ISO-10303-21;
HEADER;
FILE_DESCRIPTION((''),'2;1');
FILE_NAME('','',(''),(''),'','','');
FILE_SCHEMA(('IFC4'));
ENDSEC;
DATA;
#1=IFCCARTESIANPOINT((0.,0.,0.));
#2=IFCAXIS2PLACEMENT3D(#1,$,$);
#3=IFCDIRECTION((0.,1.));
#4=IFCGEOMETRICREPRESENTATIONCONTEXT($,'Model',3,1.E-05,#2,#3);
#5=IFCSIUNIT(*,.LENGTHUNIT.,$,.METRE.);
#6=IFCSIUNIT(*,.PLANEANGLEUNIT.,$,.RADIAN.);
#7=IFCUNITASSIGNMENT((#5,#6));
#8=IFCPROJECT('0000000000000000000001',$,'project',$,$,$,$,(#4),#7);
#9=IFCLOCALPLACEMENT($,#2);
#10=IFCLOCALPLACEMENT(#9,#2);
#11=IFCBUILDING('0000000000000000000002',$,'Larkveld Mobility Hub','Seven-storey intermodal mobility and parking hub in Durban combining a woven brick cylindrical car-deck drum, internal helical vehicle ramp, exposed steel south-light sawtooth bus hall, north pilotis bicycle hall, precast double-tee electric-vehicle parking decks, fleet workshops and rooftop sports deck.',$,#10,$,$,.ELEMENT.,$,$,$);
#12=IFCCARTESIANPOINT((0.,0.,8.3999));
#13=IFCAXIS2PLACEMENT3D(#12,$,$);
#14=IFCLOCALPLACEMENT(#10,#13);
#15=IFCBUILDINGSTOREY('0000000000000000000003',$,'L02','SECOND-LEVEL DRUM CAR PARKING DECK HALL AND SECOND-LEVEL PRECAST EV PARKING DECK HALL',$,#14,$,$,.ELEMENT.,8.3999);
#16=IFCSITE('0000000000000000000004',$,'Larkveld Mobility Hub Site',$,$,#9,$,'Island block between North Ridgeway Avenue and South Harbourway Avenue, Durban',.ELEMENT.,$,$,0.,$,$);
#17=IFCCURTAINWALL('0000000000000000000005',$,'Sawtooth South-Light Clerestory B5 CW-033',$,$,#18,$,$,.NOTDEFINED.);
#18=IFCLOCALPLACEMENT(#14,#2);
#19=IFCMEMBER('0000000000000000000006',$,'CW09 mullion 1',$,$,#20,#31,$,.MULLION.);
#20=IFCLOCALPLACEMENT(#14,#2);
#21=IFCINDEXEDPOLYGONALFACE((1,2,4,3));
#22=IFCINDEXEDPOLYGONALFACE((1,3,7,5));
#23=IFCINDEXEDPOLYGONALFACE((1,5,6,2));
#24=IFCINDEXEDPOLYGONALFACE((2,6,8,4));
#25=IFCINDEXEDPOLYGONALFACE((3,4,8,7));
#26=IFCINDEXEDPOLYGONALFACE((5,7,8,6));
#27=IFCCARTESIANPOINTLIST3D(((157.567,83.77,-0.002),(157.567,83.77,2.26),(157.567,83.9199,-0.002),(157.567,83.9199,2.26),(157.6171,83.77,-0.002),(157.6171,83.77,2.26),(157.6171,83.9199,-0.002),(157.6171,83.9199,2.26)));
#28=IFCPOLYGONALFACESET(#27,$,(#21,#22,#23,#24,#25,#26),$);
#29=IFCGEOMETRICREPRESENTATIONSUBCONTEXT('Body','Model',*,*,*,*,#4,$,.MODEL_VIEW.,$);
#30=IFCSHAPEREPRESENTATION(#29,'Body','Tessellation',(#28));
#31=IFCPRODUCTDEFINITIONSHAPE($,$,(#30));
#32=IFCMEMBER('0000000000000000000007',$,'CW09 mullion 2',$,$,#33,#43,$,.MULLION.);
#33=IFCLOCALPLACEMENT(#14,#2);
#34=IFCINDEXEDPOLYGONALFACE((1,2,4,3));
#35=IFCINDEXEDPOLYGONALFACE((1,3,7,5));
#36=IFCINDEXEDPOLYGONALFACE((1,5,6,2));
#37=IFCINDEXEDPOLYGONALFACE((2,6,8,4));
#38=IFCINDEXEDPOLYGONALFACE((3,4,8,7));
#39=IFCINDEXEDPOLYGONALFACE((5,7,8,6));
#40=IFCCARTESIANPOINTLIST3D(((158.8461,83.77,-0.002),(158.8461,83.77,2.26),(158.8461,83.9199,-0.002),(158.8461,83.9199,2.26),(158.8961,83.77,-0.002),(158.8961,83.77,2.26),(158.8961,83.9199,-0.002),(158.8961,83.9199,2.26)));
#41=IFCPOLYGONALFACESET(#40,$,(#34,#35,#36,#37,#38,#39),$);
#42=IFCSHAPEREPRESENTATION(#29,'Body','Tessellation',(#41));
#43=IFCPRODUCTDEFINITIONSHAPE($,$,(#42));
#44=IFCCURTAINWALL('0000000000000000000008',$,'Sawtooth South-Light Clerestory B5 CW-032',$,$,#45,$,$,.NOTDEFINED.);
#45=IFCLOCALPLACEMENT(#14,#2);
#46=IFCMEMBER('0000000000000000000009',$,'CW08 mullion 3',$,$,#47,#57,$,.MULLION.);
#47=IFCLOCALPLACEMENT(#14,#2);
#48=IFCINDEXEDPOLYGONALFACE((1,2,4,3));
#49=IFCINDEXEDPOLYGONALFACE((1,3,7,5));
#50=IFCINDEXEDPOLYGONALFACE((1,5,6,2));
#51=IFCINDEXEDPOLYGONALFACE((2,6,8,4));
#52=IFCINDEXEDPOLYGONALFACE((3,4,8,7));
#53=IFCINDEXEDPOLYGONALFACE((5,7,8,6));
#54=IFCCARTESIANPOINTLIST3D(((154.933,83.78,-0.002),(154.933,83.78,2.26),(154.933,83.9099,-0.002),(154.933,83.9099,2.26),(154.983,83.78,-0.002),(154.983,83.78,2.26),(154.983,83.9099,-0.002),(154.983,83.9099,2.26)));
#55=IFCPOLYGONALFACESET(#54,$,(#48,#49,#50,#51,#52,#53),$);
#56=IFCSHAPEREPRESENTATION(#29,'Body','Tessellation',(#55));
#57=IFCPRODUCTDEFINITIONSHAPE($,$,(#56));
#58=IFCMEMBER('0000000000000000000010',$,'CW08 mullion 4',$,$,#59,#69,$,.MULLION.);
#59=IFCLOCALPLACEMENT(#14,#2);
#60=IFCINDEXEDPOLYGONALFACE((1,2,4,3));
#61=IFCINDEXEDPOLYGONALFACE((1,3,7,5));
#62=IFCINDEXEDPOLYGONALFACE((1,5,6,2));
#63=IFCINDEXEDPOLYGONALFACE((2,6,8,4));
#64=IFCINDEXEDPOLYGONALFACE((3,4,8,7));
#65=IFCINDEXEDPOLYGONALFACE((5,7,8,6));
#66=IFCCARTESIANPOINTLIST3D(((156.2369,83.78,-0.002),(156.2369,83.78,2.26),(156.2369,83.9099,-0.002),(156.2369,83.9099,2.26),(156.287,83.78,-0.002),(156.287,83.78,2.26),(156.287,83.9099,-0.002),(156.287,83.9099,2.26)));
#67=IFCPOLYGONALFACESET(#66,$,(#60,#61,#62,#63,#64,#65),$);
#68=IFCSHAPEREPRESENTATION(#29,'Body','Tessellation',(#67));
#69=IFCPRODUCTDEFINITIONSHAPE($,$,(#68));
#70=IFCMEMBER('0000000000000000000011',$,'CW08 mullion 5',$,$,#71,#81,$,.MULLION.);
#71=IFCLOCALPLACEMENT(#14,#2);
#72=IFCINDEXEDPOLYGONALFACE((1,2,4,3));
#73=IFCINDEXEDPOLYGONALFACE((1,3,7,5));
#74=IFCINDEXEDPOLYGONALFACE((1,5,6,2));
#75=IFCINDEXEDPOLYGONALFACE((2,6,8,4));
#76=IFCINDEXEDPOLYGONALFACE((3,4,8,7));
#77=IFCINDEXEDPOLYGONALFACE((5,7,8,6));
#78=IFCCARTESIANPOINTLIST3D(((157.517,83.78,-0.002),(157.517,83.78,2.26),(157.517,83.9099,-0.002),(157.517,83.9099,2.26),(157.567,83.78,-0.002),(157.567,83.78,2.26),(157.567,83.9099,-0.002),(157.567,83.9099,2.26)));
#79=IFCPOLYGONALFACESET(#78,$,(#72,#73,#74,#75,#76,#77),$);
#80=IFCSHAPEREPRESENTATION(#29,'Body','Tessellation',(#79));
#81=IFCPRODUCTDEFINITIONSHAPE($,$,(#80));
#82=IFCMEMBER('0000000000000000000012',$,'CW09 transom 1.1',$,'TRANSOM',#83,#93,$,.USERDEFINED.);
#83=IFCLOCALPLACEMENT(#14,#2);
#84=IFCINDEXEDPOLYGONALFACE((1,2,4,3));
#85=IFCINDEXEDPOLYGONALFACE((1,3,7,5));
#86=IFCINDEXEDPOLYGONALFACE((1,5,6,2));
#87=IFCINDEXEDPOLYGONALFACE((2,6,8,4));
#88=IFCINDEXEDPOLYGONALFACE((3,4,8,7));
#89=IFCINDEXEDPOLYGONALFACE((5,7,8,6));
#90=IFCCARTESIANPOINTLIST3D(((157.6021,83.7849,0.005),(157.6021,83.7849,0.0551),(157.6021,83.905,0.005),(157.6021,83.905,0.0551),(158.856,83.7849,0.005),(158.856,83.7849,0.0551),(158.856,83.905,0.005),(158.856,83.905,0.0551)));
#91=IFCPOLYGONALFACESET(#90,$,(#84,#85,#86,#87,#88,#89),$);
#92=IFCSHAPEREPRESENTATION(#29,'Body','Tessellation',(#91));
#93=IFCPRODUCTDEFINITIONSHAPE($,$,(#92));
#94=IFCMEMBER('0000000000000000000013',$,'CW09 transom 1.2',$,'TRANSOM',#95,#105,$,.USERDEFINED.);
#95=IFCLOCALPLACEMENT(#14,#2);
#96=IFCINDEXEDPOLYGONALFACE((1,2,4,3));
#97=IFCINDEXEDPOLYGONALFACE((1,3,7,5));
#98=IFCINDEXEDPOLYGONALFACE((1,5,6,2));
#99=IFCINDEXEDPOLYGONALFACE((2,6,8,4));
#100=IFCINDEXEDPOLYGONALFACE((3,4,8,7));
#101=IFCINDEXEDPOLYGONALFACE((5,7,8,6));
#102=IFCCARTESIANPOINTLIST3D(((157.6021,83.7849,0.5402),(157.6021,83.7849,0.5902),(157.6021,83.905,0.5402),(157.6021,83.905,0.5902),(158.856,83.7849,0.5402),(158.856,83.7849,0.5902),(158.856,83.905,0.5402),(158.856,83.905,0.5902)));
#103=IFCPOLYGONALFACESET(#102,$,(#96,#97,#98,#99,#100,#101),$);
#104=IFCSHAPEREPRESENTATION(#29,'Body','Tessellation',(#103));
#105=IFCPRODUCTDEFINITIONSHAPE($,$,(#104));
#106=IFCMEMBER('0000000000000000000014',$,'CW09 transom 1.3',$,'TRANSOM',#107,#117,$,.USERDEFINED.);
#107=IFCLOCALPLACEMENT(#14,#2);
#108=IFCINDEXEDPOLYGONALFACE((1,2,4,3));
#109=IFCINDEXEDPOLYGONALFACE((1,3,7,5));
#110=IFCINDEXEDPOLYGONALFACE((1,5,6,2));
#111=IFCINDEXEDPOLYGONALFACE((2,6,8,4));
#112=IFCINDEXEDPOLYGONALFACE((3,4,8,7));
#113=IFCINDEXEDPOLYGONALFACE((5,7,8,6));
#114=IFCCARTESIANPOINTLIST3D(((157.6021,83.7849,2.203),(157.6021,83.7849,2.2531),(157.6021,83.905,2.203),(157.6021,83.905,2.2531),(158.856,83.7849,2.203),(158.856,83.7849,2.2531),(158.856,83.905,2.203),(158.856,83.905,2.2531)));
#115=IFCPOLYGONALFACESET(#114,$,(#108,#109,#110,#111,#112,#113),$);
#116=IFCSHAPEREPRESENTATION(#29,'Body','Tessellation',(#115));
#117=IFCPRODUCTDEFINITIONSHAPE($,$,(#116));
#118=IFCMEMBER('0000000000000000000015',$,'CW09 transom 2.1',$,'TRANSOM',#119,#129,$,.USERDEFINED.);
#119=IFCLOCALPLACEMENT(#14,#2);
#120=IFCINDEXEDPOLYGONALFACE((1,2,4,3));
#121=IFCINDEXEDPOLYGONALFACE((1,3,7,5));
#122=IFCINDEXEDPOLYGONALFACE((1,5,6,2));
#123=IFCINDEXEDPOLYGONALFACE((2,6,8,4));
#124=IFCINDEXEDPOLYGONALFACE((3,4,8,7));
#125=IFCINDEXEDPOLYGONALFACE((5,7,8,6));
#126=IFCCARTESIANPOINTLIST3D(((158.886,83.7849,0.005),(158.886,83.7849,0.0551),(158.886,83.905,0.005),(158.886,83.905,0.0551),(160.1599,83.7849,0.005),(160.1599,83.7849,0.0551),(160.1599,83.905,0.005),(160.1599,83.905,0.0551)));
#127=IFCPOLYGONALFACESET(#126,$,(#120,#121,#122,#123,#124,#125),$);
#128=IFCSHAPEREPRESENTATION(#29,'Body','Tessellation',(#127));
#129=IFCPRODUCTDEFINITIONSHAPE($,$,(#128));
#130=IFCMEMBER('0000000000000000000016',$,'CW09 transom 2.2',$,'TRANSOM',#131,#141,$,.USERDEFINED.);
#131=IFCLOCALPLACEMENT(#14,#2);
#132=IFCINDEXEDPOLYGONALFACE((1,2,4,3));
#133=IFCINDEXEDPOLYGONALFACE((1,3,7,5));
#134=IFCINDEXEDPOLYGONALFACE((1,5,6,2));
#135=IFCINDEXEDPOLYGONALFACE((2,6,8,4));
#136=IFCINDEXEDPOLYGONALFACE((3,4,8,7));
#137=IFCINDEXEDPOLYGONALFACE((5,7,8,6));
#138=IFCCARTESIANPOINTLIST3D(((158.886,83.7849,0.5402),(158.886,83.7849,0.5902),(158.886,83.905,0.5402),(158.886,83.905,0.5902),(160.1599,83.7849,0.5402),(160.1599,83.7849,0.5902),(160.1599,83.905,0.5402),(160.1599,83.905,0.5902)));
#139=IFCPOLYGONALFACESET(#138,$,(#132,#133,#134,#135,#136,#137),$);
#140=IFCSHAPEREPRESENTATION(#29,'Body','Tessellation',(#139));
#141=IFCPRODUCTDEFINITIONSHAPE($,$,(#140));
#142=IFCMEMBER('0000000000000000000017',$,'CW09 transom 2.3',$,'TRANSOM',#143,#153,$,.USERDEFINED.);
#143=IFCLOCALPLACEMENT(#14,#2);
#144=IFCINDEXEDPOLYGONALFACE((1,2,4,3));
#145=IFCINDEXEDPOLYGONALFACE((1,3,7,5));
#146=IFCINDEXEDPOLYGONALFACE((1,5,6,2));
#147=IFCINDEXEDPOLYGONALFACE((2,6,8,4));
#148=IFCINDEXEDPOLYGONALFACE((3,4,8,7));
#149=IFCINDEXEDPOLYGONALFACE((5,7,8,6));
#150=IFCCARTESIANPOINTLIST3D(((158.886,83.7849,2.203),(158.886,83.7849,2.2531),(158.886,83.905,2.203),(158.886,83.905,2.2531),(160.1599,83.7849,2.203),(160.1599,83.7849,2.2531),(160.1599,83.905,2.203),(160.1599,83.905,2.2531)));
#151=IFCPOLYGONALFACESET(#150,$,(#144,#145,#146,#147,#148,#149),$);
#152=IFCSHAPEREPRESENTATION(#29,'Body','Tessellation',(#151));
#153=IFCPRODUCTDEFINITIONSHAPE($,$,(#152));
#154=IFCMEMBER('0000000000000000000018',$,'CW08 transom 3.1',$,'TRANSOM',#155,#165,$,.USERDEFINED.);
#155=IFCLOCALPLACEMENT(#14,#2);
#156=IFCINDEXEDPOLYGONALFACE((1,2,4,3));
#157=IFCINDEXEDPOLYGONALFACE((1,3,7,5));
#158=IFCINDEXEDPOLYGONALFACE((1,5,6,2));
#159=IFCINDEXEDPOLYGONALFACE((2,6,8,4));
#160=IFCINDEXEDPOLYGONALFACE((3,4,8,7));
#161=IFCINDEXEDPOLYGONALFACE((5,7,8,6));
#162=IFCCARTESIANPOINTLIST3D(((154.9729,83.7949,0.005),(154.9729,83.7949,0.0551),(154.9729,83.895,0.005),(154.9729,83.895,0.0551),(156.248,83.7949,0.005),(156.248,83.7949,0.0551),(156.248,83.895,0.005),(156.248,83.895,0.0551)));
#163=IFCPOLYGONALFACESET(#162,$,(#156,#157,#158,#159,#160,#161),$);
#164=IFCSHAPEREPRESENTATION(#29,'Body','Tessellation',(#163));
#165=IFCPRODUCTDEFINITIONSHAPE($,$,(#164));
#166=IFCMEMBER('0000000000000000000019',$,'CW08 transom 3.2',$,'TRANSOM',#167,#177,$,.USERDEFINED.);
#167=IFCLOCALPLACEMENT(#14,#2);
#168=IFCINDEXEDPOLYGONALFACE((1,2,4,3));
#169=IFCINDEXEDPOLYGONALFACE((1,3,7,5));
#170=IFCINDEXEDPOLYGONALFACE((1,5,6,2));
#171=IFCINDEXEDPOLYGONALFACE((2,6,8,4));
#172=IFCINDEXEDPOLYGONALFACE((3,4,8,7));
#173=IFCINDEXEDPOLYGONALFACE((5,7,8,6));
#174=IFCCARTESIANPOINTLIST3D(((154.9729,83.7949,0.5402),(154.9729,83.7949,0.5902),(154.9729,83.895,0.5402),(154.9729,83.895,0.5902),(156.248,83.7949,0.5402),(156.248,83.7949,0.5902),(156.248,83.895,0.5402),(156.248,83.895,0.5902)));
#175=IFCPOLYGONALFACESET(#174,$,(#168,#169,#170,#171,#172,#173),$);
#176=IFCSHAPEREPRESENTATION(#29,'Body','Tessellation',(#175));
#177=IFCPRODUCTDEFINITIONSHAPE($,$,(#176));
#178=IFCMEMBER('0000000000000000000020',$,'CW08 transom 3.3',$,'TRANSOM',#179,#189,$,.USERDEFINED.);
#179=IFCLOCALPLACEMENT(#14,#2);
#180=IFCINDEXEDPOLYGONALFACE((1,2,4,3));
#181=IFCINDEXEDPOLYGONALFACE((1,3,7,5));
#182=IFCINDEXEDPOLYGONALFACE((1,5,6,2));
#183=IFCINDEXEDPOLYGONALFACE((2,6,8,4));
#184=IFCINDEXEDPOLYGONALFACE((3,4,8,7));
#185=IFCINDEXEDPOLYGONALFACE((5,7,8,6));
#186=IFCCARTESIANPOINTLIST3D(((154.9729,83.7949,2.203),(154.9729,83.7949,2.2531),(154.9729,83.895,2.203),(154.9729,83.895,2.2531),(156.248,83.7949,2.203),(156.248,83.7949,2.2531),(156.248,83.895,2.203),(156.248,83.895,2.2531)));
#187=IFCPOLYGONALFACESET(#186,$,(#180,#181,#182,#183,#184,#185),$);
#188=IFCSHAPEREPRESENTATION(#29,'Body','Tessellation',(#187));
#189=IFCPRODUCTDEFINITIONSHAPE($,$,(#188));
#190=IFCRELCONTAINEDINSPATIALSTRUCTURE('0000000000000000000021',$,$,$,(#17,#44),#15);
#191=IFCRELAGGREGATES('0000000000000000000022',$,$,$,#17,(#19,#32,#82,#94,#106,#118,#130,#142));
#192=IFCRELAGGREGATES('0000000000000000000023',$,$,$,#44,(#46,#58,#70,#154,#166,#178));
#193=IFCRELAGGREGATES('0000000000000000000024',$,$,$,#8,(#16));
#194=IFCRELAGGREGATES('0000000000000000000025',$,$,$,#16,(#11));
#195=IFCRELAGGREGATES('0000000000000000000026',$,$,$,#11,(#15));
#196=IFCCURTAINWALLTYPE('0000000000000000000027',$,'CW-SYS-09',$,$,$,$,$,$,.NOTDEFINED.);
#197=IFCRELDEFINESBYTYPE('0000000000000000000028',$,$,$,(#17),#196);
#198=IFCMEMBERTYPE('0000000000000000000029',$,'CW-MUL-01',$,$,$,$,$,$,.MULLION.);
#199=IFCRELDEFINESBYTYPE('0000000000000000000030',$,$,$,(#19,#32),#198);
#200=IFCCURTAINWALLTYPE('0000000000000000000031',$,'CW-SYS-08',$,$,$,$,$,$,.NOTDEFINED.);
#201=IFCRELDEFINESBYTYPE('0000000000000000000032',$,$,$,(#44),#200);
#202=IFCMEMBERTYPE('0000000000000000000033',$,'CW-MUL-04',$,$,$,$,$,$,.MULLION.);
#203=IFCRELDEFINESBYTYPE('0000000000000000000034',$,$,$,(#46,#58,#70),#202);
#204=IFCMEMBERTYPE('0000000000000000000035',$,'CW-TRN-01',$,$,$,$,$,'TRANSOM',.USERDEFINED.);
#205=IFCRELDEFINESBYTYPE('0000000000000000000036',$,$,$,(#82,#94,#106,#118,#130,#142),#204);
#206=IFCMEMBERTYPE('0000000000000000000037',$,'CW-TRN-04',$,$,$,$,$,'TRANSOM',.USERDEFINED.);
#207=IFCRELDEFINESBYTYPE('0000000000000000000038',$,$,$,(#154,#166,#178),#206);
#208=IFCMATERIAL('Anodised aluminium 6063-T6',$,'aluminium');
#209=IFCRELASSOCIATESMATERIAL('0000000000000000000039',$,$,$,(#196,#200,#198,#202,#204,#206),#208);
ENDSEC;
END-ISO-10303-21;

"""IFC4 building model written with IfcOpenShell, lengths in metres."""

from ifc_helpers import new_model, si_unit, direction, frame, origin, origin_2d, place, context, subcontext, project, spatial, rectangle, extrude, material, material_profile, profile_set, type_object, element, aggregate, save


model = new_model("IFC4")

# Units and contexts
model_context = context("Model", 3, precision=1e-05, world=origin(), true_north=direction((0.0, 1.0)))
body_context = subcontext(model_context, "Body", "Model", "MODEL_VIEW")
ifc_project = project(units=[si_unit("LENGTHUNIT", "METRE"), si_unit("PLANEANGLEUNIT", "RADIAN")], contexts=[model_context])

# Site, building, storey
site_placement = place(None, origin())
site = spatial("IfcSite", under=ifc_project, at=site_placement, Name="Larkveld Mobility Hub Site", LongName="Island block between North Ridgeway Avenue and South Harbourway Avenue, Durban", CompositionType="ELEMENT", RefElevation=0.0)
building_placement = place(site_placement, origin())
building = spatial("IfcBuilding", under=site, at=building_placement, Name="Larkveld Mobility Hub", Description="Seven-storey intermodal mobility and parking hub in Durban combining a woven brick cylindrical car-deck drum, internal helical vehicle ramp, exposed steel south-light sawtooth bus hall, north pilotis bicycle hall, precast double-tee electric-vehicle parking decks, fleet workshops and rooftop sports deck.", CompositionType="ELEMENT")
storey_placement = place(building_placement, frame((0.0, 0.0, 8.3999)))
storey = spatial("IfcBuildingStorey", under=building, at=storey_placement, Name="L02", Description="SECOND-LEVEL DRUM CAR PARKING DECK HALL AND SECOND-LEVEL PRECAST EV PARKING DECK HALL", CompositionType="ELEMENT", Elevation=8.3999)

# Curtain walls, members
ifc_material_1 = material(Name="Anodised aluminium 6063-T6", Category="aluminium")
curtain_wall_type_1 = type_object("IfcCurtainWallType", Name="CW-SYS-09", PredefinedType="NOTDEFINED", material=ifc_material_1)
curtain_wall_1_placement = place(storey_placement, origin())
curtain_wall_1 = element("IfcCurtainWall", 1, at=curtain_wall_1_placement, inside=storey, type_object=curtain_wall_type_1, Name="Sawtooth South-Light Clerestory B5 CW-033", PredefinedType="NOTDEFINED")
ifc_material_profile_1 = material_profile(ifc_material_1, rectangle(XDim=0.05, YDim=0.1499, at=origin_2d()), Name="ALU MULL 50x150")
ifc_profile_set_1 = profile_set([ifc_material_profile_1], Name="Anodised aluminium 6063-T6")
member_type_1 = type_object("IfcMemberType", Name="CW-MUL-01", PredefinedType="MULLION", material=ifc_profile_set_1)
member_1_placement = place(storey_placement, frame((157.592, 83.845, -0.002), z_axis=(0.0, 0.0, 1.0), x_axis=(1.0, 0.0, 0.0)))
member_1 = element("IfcMember", 2, at=member_1_placement, type_object=member_type_1, Name="CW09 mullion 1", PredefinedType="MULLION", context=body_context, shape_type="SweptSolid", body=[
    extrude(rectangle(XDim=0.05, YDim=0.1499, at=origin_2d()), origin(), (0.0, 0.0, 1.0), 2.262),
])
member_2_placement = place(storey_placement, frame((158.8711, 83.845, -0.002), z_axis=(0.0, 0.0, 1.0), x_axis=(1.0, 0.0, 0.0)))
member_2 = element("IfcMember", 3, at=member_2_placement, type_object=member_type_1, Name="CW09 mullion 2", PredefinedType="MULLION", context=body_context, shape_type="SweptSolid", body=[
    extrude(rectangle(XDim=0.05, YDim=0.1499, at=origin_2d()), origin(), (0.0, 0.0, 1.0), 2.262),
])
curtain_wall_type_2 = type_object("IfcCurtainWallType", Name="CW-SYS-08", PredefinedType="NOTDEFINED", material=ifc_material_1)
curtain_wall_2_placement = place(storey_placement, origin())
curtain_wall_2 = element("IfcCurtainWall", 4, at=curtain_wall_2_placement, inside=storey, type_object=curtain_wall_type_2, Name="Sawtooth South-Light Clerestory B5 CW-032", PredefinedType="NOTDEFINED")
ifc_material_profile_2 = material_profile(ifc_material_1, rectangle(XDim=0.05, YDim=0.1299, at=origin_2d()), Name="ALU MULL 50x130")
ifc_profile_set_2 = profile_set([ifc_material_profile_2], Name="Anodised aluminium 6063-T6")
member_type_2 = type_object("IfcMemberType", Name="CW-MUL-04", PredefinedType="MULLION", material=ifc_profile_set_2)
member_3_placement = place(storey_placement, frame((154.958, 83.845, -0.002), z_axis=(0.0, 0.0, 1.0), x_axis=(1.0, 0.0, 0.0)))
member_3 = element("IfcMember", 5, at=member_3_placement, type_object=member_type_2, Name="CW08 mullion 3", PredefinedType="MULLION", context=body_context, shape_type="SweptSolid", body=[
    extrude(rectangle(XDim=0.05, YDim=0.1299, at=origin_2d()), origin(), (0.0, 0.0, 1.0), 2.262),
])
member_4_placement = place(storey_placement, frame((156.262, 83.845, -0.002), z_axis=(0.0, 0.0, 1.0), x_axis=(1.0, 0.0, 0.0)))
member_4 = element("IfcMember", 6, at=member_4_placement, type_object=member_type_2, Name="CW08 mullion 4", PredefinedType="MULLION", context=body_context, shape_type="SweptSolid", body=[
    extrude(rectangle(XDim=0.05, YDim=0.1299, at=origin_2d()), origin(), (0.0, 0.0, 1.0), 2.262),
])
member_5_placement = place(storey_placement, frame((157.542, 83.845, -0.002), z_axis=(0.0, 0.0, 1.0), x_axis=(1.0, 0.0, 0.0)))
member_5 = element("IfcMember", 7, at=member_5_placement, type_object=member_type_2, Name="CW08 mullion 5", PredefinedType="MULLION", context=body_context, shape_type="SweptSolid", body=[
    extrude(rectangle(XDim=0.05, YDim=0.1299, at=origin_2d()), origin(), (0.0, 0.0, 1.0), 2.262),
])

# Members
ifc_material_profile_3 = material_profile(ifc_material_1, rectangle(XDim=0.1201, YDim=0.05, at=origin_2d()), Name="ALU TRAN 50x120")
ifc_profile_set_3 = profile_set([ifc_material_profile_3], Name="Anodised aluminium 6063-T6")
member_type_3 = type_object("IfcMemberType", Name="CW-TRN-01", ElementType="TRANSOM", PredefinedType="USERDEFINED", material=ifc_profile_set_3)
member_6_placement = place(storey_placement, frame((157.6021, 83.845, 0.03), z_axis=(1.0, 0.0, 0.0), x_axis=(0.0, 1.0, 0.0)))
member_6 = element("IfcMember", 8, at=member_6_placement, type_object=member_type_3, Name="CW09 transom 1.1", ObjectType="TRANSOM", PredefinedType="USERDEFINED", context=body_context, shape_type="SweptSolid", body=[
    extrude(rectangle(XDim=0.1201, YDim=0.05, at=origin_2d()), origin(), (0.0, 0.0, 1.0), 1.2539),
])
member_7_placement = place(storey_placement, frame((157.6021, 83.845, 0.5652), z_axis=(1.0, 0.0, 0.0), x_axis=(0.0, 1.0, 0.0)))
member_7 = element("IfcMember", 9, at=member_7_placement, type_object=member_type_3, Name="CW09 transom 1.2", ObjectType="TRANSOM", PredefinedType="USERDEFINED", context=body_context, shape_type="SweptSolid", body=[
    extrude(rectangle(XDim=0.1201, YDim=0.05, at=origin_2d()), origin(), (0.0, 0.0, 1.0), 1.2539),
])
member_8_placement = place(storey_placement, frame((157.6021, 83.845, 2.228), z_axis=(1.0, 0.0, 0.0), x_axis=(0.0, 1.0, 0.0)))
member_8 = element("IfcMember", 10, at=member_8_placement, type_object=member_type_3, Name="CW09 transom 1.3", ObjectType="TRANSOM", PredefinedType="USERDEFINED", context=body_context, shape_type="SweptSolid", body=[
    extrude(rectangle(XDim=0.1201, YDim=0.05, at=origin_2d()), origin(), (0.0, 0.0, 1.0), 1.2539),
])
member_9_placement = place(storey_placement, frame((158.886, 83.845, 0.03), z_axis=(1.0, 0.0, 0.0), x_axis=(0.0, 1.0, 0.0)))
member_9 = element("IfcMember", 11, at=member_9_placement, type_object=member_type_3, Name="CW09 transom 2.1", ObjectType="TRANSOM", PredefinedType="USERDEFINED", context=body_context, shape_type="SweptSolid", body=[
    extrude(rectangle(XDim=0.1201, YDim=0.05, at=origin_2d()), origin(), (0.0, 0.0, 1.0), 1.2739),
])
member_10_placement = place(storey_placement, frame((158.886, 83.845, 0.5652), z_axis=(1.0, 0.0, 0.0), x_axis=(0.0, 1.0, 0.0)))
member_10 = element("IfcMember", 12, at=member_10_placement, type_object=member_type_3, Name="CW09 transom 2.2", ObjectType="TRANSOM", PredefinedType="USERDEFINED", context=body_context, shape_type="SweptSolid", body=[
    extrude(rectangle(XDim=0.1201, YDim=0.05, at=origin_2d()), origin(), (0.0, 0.0, 1.0), 1.2739),
])
member_11_placement = place(storey_placement, frame((158.886, 83.845, 2.228), z_axis=(1.0, 0.0, 0.0), x_axis=(0.0, 1.0, 0.0)))
member_11 = element("IfcMember", 13, at=member_11_placement, type_object=member_type_3, Name="CW09 transom 2.3", ObjectType="TRANSOM", PredefinedType="USERDEFINED", context=body_context, shape_type="SweptSolid", body=[
    extrude(rectangle(XDim=0.1201, YDim=0.05, at=origin_2d()), origin(), (0.0, 0.0, 1.0), 1.2739),
])
ifc_material_profile_4 = material_profile(ifc_material_1, rectangle(XDim=0.1001, YDim=0.05, at=origin_2d()), Name="ALU TRAN 50x100")
ifc_profile_set_4 = profile_set([ifc_material_profile_4], Name="Anodised aluminium 6063-T6")
member_type_4 = type_object("IfcMemberType", Name="CW-TRN-04", ElementType="TRANSOM", PredefinedType="USERDEFINED", material=ifc_profile_set_4)
member_12_placement = place(storey_placement, frame((154.9729, 83.845, 0.03), z_axis=(1.0, 0.0, 0.0), x_axis=(0.0, 1.0, 0.0)))
member_12 = element("IfcMember", 14, at=member_12_placement, type_object=member_type_4, Name="CW08 transom 3.1", ObjectType="TRANSOM", PredefinedType="USERDEFINED", context=body_context, shape_type="SweptSolid", body=[
    extrude(rectangle(XDim=0.1001, YDim=0.05, at=origin_2d()), origin(), (0.0, 0.0, 1.0), 1.2751),
])
member_13_placement = place(storey_placement, frame((154.9729, 83.845, 0.5652), z_axis=(1.0, 0.0, 0.0), x_axis=(0.0, 1.0, 0.0)))
member_13 = element("IfcMember", 15, at=member_13_placement, type_object=member_type_4, Name="CW08 transom 3.2", ObjectType="TRANSOM", PredefinedType="USERDEFINED", context=body_context, shape_type="SweptSolid", body=[
    extrude(rectangle(XDim=0.1001, YDim=0.05, at=origin_2d()), origin(), (0.0, 0.0, 1.0), 1.2751),
])
member_14_placement = place(storey_placement, frame((154.9729, 83.845, 2.228), z_axis=(1.0, 0.0, 0.0), x_axis=(0.0, 1.0, 0.0)))
member_14 = element("IfcMember", 16, at=member_14_placement, type_object=member_type_4, Name="CW08 transom 3.3", ObjectType="TRANSOM", PredefinedType="USERDEFINED", context=body_context, shape_type="SweptSolid", body=[
    extrude(rectangle(XDim=0.1001, YDim=0.05, at=origin_2d()), origin(), (0.0, 0.0, 1.0), 1.2751),
])

aggregate(curtain_wall_1, [member_1, member_2, member_6, member_7, member_8, member_9, member_10, member_11])
aggregate(curtain_wall_2, [member_3, member_4, member_5, member_12, member_13, member_14])

save(model, "model.ifc")
